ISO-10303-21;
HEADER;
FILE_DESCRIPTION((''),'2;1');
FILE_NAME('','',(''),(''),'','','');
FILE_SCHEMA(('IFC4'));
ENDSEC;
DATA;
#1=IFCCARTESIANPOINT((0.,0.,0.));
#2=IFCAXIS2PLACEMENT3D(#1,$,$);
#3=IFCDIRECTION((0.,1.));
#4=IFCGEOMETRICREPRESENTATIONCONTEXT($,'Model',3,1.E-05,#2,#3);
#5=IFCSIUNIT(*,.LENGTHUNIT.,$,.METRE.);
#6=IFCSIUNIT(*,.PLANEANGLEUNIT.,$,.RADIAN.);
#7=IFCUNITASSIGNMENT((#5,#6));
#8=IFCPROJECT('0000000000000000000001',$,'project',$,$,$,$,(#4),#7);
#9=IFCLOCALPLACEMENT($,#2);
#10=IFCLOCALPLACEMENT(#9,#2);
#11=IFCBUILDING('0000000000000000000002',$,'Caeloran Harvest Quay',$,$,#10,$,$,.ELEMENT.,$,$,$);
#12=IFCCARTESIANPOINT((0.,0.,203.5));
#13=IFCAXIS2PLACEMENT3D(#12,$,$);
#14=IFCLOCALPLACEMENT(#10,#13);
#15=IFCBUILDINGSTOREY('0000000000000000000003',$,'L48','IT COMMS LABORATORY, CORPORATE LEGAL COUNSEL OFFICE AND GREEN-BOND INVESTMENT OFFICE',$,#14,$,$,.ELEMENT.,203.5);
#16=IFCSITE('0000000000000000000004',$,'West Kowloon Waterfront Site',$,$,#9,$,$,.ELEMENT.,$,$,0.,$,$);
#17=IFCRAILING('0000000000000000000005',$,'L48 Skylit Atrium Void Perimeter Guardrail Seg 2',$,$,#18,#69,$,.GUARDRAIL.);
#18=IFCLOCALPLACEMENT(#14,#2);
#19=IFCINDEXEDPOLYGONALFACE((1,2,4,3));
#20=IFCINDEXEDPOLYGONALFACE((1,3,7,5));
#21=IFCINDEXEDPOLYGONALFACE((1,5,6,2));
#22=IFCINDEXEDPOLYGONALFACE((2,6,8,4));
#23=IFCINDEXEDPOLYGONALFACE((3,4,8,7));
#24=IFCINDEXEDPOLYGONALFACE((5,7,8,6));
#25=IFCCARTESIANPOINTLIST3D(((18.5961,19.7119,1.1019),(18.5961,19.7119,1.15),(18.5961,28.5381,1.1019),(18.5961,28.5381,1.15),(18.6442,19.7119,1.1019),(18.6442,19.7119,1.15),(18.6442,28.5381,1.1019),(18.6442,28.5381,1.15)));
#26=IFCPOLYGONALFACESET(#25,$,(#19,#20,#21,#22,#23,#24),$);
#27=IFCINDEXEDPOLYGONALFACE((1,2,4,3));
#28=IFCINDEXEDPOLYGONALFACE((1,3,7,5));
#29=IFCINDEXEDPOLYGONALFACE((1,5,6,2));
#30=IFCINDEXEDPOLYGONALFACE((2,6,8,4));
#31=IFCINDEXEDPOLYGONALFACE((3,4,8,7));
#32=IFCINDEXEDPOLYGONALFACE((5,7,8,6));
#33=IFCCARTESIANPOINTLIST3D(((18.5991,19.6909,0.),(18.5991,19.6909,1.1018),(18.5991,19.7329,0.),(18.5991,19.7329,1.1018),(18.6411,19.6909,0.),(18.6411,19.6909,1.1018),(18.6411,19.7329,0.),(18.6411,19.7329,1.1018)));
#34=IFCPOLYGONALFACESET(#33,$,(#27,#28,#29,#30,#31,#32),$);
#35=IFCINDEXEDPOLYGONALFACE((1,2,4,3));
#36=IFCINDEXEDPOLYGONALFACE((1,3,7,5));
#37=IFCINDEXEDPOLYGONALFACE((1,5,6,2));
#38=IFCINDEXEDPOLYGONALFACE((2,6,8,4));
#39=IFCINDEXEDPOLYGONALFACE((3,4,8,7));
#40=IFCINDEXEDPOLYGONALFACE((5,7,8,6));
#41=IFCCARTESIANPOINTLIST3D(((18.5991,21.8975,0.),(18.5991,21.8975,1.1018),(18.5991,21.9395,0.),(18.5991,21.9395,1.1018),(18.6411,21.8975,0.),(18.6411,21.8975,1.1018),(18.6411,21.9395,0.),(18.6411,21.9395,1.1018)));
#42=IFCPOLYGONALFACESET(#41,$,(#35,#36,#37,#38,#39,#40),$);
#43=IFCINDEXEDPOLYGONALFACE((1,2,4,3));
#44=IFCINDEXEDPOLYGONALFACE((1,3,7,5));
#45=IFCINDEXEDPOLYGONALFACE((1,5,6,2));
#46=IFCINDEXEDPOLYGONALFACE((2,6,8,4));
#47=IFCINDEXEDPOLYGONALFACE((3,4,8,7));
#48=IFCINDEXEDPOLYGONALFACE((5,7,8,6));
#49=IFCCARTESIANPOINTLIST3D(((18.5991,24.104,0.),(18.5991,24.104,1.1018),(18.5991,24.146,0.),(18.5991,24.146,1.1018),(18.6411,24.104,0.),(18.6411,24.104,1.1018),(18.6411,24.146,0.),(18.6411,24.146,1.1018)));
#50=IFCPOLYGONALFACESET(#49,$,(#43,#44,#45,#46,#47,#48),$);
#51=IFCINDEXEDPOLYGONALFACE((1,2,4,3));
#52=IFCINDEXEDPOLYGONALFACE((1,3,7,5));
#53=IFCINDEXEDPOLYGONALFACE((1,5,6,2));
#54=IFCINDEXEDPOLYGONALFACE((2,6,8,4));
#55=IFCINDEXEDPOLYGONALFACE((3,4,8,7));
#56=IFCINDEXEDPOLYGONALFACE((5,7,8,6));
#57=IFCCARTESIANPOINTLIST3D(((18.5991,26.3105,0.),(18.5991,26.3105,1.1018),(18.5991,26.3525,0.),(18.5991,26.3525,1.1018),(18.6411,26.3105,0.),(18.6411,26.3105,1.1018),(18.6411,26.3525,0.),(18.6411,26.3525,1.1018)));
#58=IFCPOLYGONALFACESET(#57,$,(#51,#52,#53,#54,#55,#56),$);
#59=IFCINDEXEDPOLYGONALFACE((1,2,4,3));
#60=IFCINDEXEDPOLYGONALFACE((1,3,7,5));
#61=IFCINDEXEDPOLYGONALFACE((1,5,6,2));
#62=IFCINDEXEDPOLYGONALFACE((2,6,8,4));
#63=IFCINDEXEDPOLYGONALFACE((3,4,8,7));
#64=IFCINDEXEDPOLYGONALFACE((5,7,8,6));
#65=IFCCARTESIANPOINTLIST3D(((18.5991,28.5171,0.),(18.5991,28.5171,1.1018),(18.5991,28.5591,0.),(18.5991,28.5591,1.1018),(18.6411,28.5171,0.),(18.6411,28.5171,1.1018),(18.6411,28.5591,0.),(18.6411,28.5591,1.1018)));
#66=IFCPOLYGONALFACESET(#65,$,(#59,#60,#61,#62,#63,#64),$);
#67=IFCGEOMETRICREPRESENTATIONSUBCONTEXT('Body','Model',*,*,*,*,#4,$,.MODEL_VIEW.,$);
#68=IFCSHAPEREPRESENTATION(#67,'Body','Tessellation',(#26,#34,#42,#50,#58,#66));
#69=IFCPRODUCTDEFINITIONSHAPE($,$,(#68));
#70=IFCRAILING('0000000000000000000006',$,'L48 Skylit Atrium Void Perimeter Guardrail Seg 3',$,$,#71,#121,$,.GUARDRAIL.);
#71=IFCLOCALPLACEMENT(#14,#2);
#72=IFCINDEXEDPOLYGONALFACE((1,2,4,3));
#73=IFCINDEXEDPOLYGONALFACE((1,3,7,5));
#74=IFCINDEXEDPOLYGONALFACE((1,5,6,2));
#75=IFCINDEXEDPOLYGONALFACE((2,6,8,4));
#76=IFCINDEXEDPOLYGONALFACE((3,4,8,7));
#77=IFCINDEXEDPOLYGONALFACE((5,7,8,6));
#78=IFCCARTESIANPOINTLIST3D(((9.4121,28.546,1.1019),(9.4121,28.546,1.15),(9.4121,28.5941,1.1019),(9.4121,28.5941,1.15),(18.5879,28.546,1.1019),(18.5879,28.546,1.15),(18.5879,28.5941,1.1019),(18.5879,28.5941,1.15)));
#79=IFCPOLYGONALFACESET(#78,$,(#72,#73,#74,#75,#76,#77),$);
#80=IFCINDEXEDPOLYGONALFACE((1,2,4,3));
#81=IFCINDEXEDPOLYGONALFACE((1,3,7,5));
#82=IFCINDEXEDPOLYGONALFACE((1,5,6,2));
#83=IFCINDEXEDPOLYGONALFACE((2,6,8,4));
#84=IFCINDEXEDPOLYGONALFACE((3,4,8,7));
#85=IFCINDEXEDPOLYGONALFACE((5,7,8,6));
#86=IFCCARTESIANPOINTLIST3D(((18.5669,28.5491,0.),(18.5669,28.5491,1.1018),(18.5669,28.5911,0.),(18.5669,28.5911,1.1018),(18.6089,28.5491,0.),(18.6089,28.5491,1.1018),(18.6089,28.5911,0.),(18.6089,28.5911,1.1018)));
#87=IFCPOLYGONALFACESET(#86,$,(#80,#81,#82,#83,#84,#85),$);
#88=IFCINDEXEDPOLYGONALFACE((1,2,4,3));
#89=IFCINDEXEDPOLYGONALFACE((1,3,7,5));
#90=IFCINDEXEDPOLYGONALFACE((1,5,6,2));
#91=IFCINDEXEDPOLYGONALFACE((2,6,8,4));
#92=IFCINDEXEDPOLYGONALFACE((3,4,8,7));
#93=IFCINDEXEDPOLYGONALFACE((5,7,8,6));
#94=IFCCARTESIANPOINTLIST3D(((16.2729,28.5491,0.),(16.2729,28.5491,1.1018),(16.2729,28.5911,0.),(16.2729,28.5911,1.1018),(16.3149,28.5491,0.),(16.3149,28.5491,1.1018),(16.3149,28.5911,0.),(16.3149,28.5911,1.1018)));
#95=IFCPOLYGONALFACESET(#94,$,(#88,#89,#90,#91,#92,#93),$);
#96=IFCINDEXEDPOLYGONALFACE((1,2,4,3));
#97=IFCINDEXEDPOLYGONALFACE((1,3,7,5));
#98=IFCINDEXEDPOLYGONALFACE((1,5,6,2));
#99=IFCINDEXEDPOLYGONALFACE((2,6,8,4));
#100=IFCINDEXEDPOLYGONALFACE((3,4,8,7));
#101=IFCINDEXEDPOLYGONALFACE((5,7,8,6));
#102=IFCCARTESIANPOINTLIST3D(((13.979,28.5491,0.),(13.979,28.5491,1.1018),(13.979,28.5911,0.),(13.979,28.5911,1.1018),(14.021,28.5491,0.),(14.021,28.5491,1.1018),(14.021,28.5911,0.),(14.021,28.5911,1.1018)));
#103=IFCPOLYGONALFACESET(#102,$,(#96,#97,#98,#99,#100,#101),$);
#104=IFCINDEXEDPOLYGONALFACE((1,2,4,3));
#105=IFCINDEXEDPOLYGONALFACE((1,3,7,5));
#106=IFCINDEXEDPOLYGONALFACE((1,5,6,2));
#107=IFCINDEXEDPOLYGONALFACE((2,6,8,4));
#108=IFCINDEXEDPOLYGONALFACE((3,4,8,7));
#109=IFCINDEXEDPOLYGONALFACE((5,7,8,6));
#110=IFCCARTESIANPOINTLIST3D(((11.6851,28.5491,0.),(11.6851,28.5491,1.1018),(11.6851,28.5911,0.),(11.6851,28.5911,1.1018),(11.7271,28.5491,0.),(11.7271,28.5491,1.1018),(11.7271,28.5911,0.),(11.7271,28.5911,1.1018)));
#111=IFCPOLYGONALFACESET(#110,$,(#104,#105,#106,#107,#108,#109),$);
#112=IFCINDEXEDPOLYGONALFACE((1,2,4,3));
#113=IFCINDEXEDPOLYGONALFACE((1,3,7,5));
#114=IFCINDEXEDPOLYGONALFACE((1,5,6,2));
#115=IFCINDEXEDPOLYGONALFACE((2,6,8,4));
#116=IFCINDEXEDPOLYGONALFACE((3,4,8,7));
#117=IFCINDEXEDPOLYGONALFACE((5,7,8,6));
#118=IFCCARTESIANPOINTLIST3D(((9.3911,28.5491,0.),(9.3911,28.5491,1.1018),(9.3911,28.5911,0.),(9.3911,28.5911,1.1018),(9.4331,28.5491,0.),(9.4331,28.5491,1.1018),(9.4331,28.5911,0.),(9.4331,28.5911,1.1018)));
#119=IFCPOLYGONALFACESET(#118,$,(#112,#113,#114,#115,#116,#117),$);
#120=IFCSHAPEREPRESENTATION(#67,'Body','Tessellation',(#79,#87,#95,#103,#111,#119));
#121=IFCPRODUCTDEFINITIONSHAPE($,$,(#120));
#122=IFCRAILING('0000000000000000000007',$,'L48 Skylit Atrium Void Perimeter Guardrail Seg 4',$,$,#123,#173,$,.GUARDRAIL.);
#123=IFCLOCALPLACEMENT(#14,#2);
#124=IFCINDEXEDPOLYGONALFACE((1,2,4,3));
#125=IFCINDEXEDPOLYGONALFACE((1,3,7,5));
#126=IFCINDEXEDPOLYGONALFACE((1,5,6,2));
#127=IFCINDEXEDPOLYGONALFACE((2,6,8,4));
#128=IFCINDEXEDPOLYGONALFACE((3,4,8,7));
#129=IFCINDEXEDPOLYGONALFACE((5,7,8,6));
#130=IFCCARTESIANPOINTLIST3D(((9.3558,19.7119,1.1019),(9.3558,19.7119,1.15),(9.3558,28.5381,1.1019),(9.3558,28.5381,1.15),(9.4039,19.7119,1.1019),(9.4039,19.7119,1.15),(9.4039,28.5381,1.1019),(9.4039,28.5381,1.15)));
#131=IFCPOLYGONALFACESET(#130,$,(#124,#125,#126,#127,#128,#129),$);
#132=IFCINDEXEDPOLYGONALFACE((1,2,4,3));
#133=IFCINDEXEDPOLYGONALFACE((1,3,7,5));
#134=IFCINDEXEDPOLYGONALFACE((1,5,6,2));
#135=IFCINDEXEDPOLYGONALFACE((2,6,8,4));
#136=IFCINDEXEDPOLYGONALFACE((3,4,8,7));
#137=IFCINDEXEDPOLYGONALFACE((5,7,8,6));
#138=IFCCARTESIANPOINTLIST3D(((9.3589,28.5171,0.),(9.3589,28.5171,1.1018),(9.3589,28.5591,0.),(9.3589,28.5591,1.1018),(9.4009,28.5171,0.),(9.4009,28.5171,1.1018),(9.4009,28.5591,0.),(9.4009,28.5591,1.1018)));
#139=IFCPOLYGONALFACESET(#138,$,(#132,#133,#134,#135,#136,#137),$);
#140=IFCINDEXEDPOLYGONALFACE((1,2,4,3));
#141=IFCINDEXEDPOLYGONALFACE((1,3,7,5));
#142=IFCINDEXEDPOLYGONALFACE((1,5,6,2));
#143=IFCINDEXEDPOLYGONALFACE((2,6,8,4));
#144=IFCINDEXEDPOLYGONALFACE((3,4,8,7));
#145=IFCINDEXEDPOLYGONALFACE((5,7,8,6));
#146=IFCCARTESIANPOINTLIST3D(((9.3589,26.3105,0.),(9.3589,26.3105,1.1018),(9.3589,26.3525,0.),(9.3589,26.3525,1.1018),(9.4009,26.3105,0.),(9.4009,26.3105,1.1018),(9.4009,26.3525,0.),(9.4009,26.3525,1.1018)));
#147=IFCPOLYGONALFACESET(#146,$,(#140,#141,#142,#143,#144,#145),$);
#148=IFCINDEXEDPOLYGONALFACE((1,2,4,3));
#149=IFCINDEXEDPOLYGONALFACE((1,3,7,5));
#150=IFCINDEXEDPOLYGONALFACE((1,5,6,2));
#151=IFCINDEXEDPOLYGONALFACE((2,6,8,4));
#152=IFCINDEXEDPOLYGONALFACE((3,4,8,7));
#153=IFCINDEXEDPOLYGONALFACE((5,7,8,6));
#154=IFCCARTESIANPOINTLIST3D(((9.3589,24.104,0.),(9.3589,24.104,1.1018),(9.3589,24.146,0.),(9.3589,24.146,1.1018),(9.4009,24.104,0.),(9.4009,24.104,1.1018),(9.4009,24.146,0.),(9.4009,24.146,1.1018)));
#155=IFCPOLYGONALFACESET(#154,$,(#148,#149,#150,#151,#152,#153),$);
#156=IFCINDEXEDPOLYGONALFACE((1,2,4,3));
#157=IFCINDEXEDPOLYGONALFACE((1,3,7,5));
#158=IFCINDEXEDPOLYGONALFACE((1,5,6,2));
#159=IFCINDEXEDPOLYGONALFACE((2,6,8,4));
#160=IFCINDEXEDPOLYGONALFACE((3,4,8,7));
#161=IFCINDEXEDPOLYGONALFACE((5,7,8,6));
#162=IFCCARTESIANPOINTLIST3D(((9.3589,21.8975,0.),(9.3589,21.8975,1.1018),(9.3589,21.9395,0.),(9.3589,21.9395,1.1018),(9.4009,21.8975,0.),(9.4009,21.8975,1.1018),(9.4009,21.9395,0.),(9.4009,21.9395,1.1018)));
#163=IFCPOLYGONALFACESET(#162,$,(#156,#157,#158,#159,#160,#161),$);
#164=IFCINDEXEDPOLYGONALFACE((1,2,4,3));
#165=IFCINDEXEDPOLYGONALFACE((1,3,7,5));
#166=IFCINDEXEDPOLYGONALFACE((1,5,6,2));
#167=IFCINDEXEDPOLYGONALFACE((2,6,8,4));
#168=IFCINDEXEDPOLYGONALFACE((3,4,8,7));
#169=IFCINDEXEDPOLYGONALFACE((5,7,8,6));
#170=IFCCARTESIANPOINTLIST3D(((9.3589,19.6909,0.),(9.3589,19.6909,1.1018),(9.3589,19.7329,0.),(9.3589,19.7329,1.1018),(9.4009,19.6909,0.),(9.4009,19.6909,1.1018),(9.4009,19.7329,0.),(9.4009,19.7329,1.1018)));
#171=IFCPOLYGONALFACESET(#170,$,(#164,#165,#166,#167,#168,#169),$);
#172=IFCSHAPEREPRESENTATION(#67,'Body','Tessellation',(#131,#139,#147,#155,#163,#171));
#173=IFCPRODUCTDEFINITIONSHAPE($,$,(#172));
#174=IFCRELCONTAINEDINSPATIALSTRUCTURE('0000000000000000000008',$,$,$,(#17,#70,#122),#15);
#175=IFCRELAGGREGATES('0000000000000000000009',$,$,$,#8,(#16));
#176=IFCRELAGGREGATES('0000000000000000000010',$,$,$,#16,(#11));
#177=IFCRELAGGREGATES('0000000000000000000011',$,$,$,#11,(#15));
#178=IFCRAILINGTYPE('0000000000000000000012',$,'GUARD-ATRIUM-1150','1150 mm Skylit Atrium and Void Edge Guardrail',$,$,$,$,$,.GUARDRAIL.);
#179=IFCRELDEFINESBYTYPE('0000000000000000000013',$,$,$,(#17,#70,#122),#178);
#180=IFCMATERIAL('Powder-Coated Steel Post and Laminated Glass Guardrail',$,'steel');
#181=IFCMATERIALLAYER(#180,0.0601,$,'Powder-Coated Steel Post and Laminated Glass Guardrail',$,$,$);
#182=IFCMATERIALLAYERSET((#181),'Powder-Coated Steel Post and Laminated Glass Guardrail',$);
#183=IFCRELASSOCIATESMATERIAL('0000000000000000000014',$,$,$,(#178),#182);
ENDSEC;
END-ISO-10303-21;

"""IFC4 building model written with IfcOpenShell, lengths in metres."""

from ifc_helpers import new_model, si_unit, direction, frame, origin, origin_2d, place, context, subcontext, project, spatial, rectangle, extrude, material, layer, layer_set, type_object, element, save


model = new_model("IFC4")

# Units and contexts
model_context = context("Model", 3, precision=1e-05, world=origin(), true_north=direction((0.0, 1.0)))
body_context = subcontext(model_context, "Body", "Model", "MODEL_VIEW")
ifc_project = project(units=[si_unit("LENGTHUNIT", "METRE"), si_unit("PLANEANGLEUNIT", "RADIAN")], contexts=[model_context])

# Site, building, storey
site_placement = place(None, origin())
site = spatial("IfcSite", under=ifc_project, at=site_placement, Name="West Kowloon Waterfront Site", CompositionType="ELEMENT", RefElevation=0.0)
building_placement = place(site_placement, origin())
building = spatial("IfcBuilding", under=site, at=building_placement, Name="Caeloran Harvest Quay", CompositionType="ELEMENT")
storey_placement = place(building_placement, frame((0.0, 0.0, 203.5)))
storey = spatial("IfcBuildingStorey", under=building, at=storey_placement, Name="L48", Description="IT COMMS LABORATORY, CORPORATE LEGAL COUNSEL OFFICE AND GREEN-BOND INVESTMENT OFFICE", CompositionType="ELEMENT", Elevation=203.5)

# Railings
ifc_material_1 = material(Name="Powder-Coated Steel Post and Laminated Glass Guardrail", Category="steel")
ifc_layer_1 = layer(ifc_material_1, 0.0601, Name="Powder-Coated Steel Post and Laminated Glass Guardrail")
ifc_layer_set_1 = layer_set([ifc_layer_1], Name="Powder-Coated Steel Post and Laminated Glass Guardrail")
railing_type = type_object("IfcRailingType", Name="GUARD-ATRIUM-1150", Description="1150 mm Skylit Atrium and Void Edge Guardrail", PredefinedType="GUARDRAIL", material=ifc_layer_set_1)
railing_1_placement = place(storey_placement, frame((18.6201, 19.7119, 0.0)))
element("IfcRailing", 1, at=railing_1_placement, inside=storey, type_object=railing_type, Name="L48 Skylit Atrium Void Perimeter Guardrail Seg 2", PredefinedType="GUARDRAIL", context=body_context, shape_type="SweptSolid", body=[
    extrude(rectangle(XDim=0.0481, YDim=0.0481, at=origin_2d()), frame((0.0, 0.0, 1.126), z_axis=(0.0, 1.0, 0.0), x_axis=(-1.0, 0.0, 0.0)), (0.0, 0.0, 1.0), 8.8262),
    extrude(rectangle(XDim=0.042, YDim=0.042, at=origin_2d()), origin(), (0.0, 0.0, 1.0), 1.1018),
    extrude(rectangle(XDim=0.042, YDim=0.042, at=origin_2d()), frame((0.0, 2.2065, 0.0)), (0.0, 0.0, 1.0), 1.1018),
    extrude(rectangle(XDim=0.042, YDim=0.042, at=origin_2d()), frame((0.0, 4.4131, 0.0)), (0.0, 0.0, 1.0), 1.1018),
    extrude(rectangle(XDim=0.042, YDim=0.042, at=origin_2d()), frame((0.0, 6.6196, 0.0)), (0.0, 0.0, 1.0), 1.1018),
    extrude(rectangle(XDim=0.042, YDim=0.042, at=origin_2d()), frame((0.0, 8.8262, 0.0)), (0.0, 0.0, 1.0), 1.1018),
])
railing_2_placement = place(storey_placement, frame((18.5879, 28.5701, 0.0)))
element("IfcRailing", 2, at=railing_2_placement, inside=storey, type_object=railing_type, Name="L48 Skylit Atrium Void Perimeter Guardrail Seg 3", PredefinedType="GUARDRAIL", context=body_context, shape_type="SweptSolid", body=[
    extrude(rectangle(XDim=0.0481, YDim=0.0481, at=origin_2d()), frame((0.0, 0.0, 1.126), z_axis=(-1.0, 0.0, 0.0), x_axis=(0.0, -1.0, 0.0)), (0.0, 0.0, 1.0), 9.1758),
    extrude(rectangle(XDim=0.042, YDim=0.042, at=origin_2d()), origin(), (0.0, 0.0, 1.0), 1.1018),
    extrude(rectangle(XDim=0.042, YDim=0.042, at=origin_2d()), frame((-2.2939, 0.0, 0.0)), (0.0, 0.0, 1.0), 1.1018),
    extrude(rectangle(XDim=0.042, YDim=0.042, at=origin_2d()), frame((-4.5879, 0.0, 0.0)), (0.0, 0.0, 1.0), 1.1018),
    extrude(rectangle(XDim=0.042, YDim=0.042, at=origin_2d()), frame((-6.8818, 0.0, 0.0)), (0.0, 0.0, 1.0), 1.1018),
    extrude(rectangle(XDim=0.042, YDim=0.042, at=origin_2d()), frame((-9.1758, 0.0, 0.0)), (0.0, 0.0, 1.0), 1.1018),
])
railing_3_placement = place(storey_placement, frame((9.3799, 28.5381, 0.0)))
element("IfcRailing", 3, at=railing_3_placement, inside=storey, type_object=railing_type, Name="L48 Skylit Atrium Void Perimeter Guardrail Seg 4", PredefinedType="GUARDRAIL", context=body_context, shape_type="SweptSolid", body=[
    extrude(rectangle(XDim=0.0481, YDim=0.0481, at=origin_2d()), frame((0.0, 0.0, 1.126), z_axis=(0.0, -1.0, 0.0), x_axis=(1.0, 0.0, 0.0)), (0.0, 0.0, 1.0), 8.8262),
    extrude(rectangle(XDim=0.042, YDim=0.042, at=origin_2d()), origin(), (0.0, 0.0, 1.0), 1.1018),
    extrude(rectangle(XDim=0.042, YDim=0.042, at=origin_2d()), frame((0.0, -2.2065, 0.0)), (0.0, 0.0, 1.0), 1.1018),
    extrude(rectangle(XDim=0.042, YDim=0.042, at=origin_2d()), frame((0.0, -4.4131, 0.0)), (0.0, 0.0, 1.0), 1.1018),
    extrude(rectangle(XDim=0.042, YDim=0.042, at=origin_2d()), frame((0.0, -6.6196, 0.0)), (0.0, 0.0, 1.0), 1.1018),
    extrude(rectangle(XDim=0.042, YDim=0.042, at=origin_2d()), frame((0.0, -8.8262, 0.0)), (0.0, 0.0, 1.0), 1.1018),
])

save(model, "model.ifc")
